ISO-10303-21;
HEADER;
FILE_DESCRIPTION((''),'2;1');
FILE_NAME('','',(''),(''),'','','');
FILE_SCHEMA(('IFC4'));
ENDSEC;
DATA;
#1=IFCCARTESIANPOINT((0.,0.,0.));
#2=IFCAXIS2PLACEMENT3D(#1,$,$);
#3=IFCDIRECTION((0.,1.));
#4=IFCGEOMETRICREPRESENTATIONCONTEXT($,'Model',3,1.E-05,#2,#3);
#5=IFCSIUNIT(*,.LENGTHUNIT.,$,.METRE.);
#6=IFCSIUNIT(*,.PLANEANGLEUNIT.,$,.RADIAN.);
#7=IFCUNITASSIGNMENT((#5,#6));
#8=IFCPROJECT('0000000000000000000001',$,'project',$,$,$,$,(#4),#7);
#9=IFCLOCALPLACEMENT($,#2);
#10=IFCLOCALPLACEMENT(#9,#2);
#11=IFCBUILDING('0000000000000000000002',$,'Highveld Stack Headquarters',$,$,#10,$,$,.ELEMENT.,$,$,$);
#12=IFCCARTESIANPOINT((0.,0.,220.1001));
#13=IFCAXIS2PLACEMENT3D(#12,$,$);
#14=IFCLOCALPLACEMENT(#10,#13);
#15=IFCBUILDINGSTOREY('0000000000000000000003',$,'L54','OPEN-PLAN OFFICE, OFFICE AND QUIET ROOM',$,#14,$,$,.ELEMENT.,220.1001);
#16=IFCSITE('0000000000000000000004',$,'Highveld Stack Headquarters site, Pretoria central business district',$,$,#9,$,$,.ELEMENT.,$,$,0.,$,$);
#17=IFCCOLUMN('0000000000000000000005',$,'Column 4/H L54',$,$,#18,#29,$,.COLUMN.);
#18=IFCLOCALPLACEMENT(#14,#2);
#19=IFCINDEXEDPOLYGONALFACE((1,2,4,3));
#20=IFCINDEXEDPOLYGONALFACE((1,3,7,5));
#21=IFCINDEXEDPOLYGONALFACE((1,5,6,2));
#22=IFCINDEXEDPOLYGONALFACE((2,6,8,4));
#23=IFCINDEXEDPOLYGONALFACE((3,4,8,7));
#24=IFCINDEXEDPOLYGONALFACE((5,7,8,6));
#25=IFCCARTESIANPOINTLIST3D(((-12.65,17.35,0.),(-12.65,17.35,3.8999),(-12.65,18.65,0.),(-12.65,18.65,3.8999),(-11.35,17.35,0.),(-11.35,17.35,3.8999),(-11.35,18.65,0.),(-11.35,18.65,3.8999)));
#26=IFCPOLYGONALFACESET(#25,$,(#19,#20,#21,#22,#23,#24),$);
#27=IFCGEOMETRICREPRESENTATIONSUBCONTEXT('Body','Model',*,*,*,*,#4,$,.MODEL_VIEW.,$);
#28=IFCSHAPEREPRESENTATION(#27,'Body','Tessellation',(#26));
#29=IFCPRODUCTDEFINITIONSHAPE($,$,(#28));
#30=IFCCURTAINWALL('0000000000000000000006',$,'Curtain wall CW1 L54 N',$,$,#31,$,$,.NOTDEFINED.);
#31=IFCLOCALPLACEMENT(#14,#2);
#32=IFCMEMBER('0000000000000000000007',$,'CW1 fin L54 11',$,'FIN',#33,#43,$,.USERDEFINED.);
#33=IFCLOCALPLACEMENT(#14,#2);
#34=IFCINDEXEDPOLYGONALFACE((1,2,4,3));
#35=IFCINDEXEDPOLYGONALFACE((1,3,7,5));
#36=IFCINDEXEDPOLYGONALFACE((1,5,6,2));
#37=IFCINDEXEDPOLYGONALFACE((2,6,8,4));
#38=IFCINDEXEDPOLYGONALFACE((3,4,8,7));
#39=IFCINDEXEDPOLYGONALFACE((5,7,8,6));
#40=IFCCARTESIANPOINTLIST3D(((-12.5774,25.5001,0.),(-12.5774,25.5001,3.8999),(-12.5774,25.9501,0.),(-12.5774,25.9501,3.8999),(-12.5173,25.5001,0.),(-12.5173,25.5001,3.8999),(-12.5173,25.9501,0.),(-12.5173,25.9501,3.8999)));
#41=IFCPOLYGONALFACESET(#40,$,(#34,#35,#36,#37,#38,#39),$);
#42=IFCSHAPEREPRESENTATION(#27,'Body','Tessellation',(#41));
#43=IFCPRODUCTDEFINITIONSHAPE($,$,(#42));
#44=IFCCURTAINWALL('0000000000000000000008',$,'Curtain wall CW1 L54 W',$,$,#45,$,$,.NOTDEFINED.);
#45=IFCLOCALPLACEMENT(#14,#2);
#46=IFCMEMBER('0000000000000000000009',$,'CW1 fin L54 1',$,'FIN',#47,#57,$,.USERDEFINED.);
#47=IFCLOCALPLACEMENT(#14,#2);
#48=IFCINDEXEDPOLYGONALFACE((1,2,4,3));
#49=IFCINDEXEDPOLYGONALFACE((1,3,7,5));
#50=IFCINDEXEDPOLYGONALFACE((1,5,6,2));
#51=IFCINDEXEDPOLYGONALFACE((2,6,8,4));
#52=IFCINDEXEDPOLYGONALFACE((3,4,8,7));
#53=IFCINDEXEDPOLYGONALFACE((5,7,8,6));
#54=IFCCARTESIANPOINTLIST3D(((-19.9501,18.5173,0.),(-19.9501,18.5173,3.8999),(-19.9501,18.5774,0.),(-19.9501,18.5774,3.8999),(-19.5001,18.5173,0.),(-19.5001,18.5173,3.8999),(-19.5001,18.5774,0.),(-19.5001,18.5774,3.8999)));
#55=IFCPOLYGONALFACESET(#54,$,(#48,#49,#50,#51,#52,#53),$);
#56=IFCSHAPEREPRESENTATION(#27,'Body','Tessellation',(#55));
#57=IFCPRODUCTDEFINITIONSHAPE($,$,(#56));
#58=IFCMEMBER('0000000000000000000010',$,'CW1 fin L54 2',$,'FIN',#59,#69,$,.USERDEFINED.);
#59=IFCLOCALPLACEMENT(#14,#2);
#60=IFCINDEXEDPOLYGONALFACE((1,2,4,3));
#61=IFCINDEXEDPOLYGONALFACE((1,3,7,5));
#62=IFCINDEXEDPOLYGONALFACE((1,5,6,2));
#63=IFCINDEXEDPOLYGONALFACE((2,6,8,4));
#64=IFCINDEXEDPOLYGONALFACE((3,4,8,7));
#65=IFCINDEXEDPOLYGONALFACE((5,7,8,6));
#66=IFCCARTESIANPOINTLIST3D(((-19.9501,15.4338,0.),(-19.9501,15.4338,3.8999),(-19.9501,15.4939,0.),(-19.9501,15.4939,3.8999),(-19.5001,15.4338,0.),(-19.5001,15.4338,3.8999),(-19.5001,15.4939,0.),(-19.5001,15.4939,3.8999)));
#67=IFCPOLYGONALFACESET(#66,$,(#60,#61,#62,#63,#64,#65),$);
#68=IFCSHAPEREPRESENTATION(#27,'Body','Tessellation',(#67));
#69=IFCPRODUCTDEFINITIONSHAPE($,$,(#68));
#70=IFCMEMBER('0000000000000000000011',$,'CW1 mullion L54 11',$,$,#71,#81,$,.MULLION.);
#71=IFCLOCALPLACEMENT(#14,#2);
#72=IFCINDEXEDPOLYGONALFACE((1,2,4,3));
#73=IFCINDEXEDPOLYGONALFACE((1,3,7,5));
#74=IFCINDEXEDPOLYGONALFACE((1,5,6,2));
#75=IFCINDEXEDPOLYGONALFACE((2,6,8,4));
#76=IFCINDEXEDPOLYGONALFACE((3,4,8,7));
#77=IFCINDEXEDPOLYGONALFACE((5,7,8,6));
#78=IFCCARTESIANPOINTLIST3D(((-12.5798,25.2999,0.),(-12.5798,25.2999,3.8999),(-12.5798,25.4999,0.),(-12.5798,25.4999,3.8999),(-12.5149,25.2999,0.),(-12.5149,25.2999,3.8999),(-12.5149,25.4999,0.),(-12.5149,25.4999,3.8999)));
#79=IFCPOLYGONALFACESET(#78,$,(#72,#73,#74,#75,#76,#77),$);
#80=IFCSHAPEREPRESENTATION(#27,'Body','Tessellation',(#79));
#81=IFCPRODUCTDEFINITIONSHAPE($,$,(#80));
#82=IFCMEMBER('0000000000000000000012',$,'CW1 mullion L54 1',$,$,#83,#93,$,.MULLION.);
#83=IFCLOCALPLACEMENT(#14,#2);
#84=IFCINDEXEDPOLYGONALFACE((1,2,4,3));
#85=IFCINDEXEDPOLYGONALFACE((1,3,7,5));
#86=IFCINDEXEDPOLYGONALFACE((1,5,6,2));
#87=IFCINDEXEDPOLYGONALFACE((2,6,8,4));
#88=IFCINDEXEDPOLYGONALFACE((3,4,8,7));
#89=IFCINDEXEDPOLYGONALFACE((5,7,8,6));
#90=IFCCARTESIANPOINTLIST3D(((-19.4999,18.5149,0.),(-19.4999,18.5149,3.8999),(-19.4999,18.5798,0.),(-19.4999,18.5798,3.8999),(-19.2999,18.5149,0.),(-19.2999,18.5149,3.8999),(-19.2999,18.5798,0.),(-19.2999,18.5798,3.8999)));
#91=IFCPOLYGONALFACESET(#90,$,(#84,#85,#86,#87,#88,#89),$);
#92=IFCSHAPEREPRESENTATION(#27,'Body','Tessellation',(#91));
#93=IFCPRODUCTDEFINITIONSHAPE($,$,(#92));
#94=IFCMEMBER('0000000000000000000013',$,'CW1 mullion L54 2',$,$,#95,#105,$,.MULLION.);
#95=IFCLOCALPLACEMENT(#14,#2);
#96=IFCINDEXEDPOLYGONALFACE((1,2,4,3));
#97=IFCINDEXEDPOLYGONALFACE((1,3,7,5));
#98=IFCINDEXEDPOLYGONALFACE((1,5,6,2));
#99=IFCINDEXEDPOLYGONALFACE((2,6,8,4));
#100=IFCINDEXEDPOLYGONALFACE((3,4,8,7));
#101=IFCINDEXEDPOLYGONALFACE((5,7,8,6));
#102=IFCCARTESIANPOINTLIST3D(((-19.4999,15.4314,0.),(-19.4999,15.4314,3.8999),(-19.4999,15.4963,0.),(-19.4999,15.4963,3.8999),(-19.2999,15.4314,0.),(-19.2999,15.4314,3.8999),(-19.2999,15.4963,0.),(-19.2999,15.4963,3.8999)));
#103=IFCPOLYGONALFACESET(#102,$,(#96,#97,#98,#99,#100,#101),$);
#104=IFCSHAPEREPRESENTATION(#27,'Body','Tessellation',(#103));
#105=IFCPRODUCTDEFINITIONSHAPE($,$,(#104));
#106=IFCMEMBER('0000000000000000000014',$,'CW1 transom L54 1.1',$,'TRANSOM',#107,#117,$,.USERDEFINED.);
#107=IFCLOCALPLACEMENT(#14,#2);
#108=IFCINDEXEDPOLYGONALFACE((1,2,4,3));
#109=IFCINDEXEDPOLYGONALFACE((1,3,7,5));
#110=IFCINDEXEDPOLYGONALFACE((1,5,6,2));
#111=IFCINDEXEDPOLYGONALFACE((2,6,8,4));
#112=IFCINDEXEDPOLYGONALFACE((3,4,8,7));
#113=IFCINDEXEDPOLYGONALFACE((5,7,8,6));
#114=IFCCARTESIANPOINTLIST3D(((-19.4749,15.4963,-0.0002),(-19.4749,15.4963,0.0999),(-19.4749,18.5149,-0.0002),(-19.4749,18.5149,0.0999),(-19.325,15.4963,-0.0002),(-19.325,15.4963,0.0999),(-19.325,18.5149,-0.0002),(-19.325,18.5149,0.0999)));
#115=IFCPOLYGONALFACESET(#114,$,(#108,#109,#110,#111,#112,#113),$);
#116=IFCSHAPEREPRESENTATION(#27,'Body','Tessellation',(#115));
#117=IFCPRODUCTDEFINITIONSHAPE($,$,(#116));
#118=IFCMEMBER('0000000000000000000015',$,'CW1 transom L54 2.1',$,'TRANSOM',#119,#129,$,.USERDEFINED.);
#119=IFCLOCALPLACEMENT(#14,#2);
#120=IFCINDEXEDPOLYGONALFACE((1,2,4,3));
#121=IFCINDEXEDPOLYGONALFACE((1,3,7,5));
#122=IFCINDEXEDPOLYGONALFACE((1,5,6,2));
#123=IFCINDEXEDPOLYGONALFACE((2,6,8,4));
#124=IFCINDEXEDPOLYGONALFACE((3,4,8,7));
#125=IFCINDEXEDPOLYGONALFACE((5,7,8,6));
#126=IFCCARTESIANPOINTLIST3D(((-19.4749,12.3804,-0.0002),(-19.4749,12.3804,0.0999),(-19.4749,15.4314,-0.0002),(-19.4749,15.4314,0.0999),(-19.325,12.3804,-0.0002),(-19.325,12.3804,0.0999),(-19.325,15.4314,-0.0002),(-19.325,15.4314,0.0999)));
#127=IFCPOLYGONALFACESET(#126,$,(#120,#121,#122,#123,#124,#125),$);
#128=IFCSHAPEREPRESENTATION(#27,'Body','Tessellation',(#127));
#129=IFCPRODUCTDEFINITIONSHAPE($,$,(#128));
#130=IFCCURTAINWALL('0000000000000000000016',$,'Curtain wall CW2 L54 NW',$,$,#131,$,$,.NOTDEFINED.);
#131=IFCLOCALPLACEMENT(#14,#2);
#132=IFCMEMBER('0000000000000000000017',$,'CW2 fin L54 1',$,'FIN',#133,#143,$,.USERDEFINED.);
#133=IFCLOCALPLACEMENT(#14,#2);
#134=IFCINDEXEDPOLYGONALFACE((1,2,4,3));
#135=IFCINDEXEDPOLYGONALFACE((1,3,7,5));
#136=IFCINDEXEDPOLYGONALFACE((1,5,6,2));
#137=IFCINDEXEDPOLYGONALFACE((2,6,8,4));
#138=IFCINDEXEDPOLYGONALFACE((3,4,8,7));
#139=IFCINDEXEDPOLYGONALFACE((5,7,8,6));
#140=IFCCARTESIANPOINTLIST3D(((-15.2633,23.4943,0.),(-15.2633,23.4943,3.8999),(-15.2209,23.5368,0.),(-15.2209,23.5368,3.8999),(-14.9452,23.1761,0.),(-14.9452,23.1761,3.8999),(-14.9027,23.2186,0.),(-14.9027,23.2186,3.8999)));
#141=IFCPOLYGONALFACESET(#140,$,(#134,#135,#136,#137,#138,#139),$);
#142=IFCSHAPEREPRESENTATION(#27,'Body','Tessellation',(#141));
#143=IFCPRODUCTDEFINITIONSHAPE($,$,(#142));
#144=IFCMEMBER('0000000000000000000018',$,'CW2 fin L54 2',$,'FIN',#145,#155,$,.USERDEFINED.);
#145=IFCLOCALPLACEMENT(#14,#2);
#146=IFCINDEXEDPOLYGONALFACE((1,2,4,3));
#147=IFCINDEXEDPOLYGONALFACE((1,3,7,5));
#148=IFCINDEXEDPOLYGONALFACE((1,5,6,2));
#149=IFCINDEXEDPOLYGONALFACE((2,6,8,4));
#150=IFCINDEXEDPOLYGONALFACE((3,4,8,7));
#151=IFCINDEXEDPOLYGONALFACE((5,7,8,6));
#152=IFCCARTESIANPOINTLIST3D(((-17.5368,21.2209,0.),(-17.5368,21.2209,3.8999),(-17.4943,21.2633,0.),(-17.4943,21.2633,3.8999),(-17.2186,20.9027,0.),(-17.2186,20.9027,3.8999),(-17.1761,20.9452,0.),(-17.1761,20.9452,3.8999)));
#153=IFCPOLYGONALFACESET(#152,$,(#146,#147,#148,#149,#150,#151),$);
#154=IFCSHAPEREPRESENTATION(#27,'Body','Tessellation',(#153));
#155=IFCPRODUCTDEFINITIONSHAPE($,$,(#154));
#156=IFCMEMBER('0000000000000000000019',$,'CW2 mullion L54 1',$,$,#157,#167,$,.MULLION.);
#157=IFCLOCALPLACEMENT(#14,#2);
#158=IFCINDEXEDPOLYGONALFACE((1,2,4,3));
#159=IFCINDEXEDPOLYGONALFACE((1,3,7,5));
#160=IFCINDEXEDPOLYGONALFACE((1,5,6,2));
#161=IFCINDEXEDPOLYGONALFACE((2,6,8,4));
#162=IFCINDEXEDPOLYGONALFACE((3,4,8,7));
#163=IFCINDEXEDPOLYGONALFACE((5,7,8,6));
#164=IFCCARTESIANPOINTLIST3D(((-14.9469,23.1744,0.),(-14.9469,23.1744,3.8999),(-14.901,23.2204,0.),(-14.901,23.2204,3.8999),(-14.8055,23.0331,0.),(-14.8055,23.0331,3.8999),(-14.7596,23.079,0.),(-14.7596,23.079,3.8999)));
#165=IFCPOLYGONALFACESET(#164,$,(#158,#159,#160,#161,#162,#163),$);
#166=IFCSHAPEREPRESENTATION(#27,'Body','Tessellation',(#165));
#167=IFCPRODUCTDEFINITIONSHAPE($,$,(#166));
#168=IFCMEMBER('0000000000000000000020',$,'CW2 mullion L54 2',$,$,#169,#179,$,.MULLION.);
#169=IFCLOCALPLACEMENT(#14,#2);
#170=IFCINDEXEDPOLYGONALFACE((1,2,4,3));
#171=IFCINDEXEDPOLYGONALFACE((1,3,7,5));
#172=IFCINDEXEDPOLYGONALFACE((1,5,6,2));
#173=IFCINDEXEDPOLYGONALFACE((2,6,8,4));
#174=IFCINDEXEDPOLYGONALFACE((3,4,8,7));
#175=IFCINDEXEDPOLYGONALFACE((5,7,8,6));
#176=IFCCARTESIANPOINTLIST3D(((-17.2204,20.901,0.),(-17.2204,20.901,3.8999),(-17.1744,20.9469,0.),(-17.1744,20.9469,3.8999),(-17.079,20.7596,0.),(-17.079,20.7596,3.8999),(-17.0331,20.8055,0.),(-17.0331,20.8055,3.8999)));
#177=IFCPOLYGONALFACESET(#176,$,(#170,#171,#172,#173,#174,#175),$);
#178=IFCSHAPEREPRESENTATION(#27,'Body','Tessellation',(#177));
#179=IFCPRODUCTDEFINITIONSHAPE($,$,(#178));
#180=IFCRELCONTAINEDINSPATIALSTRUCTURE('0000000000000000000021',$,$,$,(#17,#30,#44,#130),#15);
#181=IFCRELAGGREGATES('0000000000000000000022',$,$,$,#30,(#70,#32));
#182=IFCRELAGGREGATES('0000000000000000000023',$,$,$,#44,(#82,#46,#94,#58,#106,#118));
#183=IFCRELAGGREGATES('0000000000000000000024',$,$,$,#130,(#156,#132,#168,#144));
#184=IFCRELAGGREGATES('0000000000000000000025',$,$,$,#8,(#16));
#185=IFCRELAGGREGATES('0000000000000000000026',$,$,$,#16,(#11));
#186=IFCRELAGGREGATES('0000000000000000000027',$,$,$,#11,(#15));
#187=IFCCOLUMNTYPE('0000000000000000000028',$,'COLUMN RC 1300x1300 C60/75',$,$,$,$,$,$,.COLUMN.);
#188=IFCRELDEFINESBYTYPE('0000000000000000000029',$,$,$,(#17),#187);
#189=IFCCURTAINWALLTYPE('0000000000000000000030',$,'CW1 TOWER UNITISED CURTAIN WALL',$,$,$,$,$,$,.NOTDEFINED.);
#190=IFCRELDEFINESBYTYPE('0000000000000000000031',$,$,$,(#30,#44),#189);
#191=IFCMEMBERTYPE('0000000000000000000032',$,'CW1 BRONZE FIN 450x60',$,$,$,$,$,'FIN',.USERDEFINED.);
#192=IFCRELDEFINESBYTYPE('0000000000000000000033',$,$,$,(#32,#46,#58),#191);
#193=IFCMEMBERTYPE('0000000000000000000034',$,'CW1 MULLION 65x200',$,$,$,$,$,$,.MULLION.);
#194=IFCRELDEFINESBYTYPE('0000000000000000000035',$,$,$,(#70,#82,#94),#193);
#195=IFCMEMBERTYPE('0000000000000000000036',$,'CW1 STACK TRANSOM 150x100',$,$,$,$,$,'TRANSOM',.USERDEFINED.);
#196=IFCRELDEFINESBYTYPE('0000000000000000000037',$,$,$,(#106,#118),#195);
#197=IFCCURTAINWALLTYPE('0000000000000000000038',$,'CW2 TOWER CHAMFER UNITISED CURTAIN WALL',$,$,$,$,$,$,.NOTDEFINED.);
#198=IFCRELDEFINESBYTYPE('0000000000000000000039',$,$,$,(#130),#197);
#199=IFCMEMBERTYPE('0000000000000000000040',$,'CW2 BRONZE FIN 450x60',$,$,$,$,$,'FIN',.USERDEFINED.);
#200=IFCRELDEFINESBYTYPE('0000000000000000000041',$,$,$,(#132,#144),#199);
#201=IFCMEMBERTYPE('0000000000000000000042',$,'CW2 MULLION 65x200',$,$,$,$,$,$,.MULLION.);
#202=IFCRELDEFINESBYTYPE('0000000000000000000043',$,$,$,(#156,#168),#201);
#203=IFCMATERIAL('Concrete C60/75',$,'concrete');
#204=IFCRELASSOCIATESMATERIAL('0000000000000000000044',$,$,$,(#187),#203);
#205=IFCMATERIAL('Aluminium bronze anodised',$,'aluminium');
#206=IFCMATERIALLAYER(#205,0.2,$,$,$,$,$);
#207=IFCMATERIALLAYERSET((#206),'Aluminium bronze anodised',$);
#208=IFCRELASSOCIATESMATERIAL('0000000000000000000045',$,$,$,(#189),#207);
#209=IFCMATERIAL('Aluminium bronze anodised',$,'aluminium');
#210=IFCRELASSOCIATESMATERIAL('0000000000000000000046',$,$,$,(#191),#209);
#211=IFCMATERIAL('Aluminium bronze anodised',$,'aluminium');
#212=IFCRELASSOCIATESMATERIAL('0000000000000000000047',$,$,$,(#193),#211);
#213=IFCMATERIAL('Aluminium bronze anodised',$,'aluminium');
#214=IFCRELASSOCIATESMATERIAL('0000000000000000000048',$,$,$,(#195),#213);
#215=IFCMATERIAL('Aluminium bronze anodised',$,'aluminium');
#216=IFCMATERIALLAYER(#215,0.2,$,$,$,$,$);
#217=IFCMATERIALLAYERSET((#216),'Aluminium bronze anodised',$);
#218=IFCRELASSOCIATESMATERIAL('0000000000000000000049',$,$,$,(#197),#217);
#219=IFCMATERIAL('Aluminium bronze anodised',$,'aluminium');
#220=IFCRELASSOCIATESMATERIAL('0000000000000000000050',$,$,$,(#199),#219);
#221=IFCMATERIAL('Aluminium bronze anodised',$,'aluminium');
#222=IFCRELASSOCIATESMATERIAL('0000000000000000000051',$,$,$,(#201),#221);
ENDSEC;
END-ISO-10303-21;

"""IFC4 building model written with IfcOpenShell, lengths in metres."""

from ifc_helpers import new_model, si_unit, direction, frame, origin, origin_2d, place, context, subcontext, project, spatial, rectangle, extrude, material, layer, layer_set, material_profile, profile_set, type_object, element, aggregate, save


model = new_model("IFC4")

# Units and contexts
model_context = context("Model", 3, precision=1e-05, world=origin(), true_north=direction((0.0, 1.0)))
body_context = subcontext(model_context, "Body", "Model", "MODEL_VIEW")
ifc_project = project(units=[si_unit("LENGTHUNIT", "METRE"), si_unit("PLANEANGLEUNIT", "RADIAN")], contexts=[model_context])

# Site, building, storey
site_placement = place(None, origin())
site = spatial("IfcSite", under=ifc_project, at=site_placement, Name="Highveld Stack Headquarters site, Pretoria central business district", CompositionType="ELEMENT", RefElevation=0.0)
building_placement = place(site_placement, origin())
building = spatial("IfcBuilding", under=site, at=building_placement, Name="Highveld Stack Headquarters", CompositionType="ELEMENT")
storey_placement = place(building_placement, frame((0.0, 0.0, 220.1001)))
storey = spatial("IfcBuildingStorey", under=building, at=storey_placement, Name="L54", Description="OPEN-PLAN OFFICE, OFFICE AND QUIET ROOM", CompositionType="ELEMENT", Elevation=220.1001)

# Column
ifc_material_1 = material(Name="Concrete C60/75", Category="concrete")
ifc_material_profile_1 = material_profile(ifc_material_1, rectangle(XDim=1.3, YDim=1.3, at=origin_2d()), Name="RC 1300x1300")
ifc_profile_set_1 = profile_set([ifc_material_profile_1], Name="Concrete C60/75")
column_type = type_object("IfcColumnType", Name="COLUMN RC 1300x1300 C60/75", PredefinedType="COLUMN", material=ifc_profile_set_1)
column_placement = place(storey_placement, frame((-12.0, 18.0, 0.0), z_axis=(0.0, 0.0, 1.0), x_axis=(1.0, 0.0, 0.0)))
element("IfcColumn", 1, at=column_placement, inside=storey, type_object=column_type, Name="Column 4/H L54", PredefinedType="COLUMN", context=body_context, shape_type="SweptSolid", body=[
    extrude(rectangle(XDim=1.3, YDim=1.3, at=origin_2d()), origin(), (0.0, 0.0, 1.0), 3.8999),
])

# Curtain wall, member
ifc_material_2 = material(Name="Aluminium bronze anodised", Category="aluminium")
ifc_layer_1 = layer(ifc_material_2, 0.2)
ifc_layer_set_1 = layer_set([ifc_layer_1], Name="Aluminium bronze anodised")
curtain_wall_type_1 = type_object("IfcCurtainWallType", Name="CW1 TOWER UNITISED CURTAIN WALL", PredefinedType="NOTDEFINED", material=ifc_layer_set_1)
curtain_wall_1_placement = place(storey_placement, origin())
curtain_wall_1 = element("IfcCurtainWall", 2, at=curtain_wall_1_placement, inside=storey, type_object=curtain_wall_type_1, Name="Curtain wall CW1 L54 N", PredefinedType="NOTDEFINED")
ifc_material_3 = material(Name="Aluminium bronze anodised", Category="aluminium")
ifc_material_profile_2 = material_profile(ifc_material_3, rectangle(XDim=0.45, YDim=0.0601, at=origin_2d()), Name="FIN 450x60")
ifc_profile_set_2 = profile_set([ifc_material_profile_2], Name="Aluminium bronze anodised")
member_type_1 = type_object("IfcMemberType", Name="CW1 BRONZE FIN 450x60", ElementType="FIN", PredefinedType="USERDEFINED", material=ifc_profile_set_2)
member_1_placement = place(storey_placement, frame((-12.5474, 25.7251, 0.0), z_axis=(0.0, 0.0, 1.0), x_axis=(0.0, -1.0, 0.0)))
member_1 = element("IfcMember", 3, at=member_1_placement, type_object=member_type_1, Name="CW1 fin L54 11", ObjectType="FIN", PredefinedType="USERDEFINED", context=body_context, shape_type="SweptSolid", body=[
    extrude(rectangle(XDim=0.45, YDim=0.0601, at=origin_2d()), origin(), (0.0, 0.0, 1.0), 3.8999),
])

# Curtain wall, members
curtain_wall_2_placement = place(storey_placement, origin())
curtain_wall_2 = element("IfcCurtainWall", 4, at=curtain_wall_2_placement, inside=storey, type_object=curtain_wall_type_1, Name="Curtain wall CW1 L54 W", PredefinedType="NOTDEFINED")
member_2_placement = place(storey_placement, frame((-19.7251, 18.5474, 0.0), z_axis=(0.0, 0.0, 1.0), x_axis=(1.0, 0.0, 0.0)))
member_2 = element("IfcMember", 5, at=member_2_placement, type_object=member_type_1, Name="CW1 fin L54 1", ObjectType="FIN", PredefinedType="USERDEFINED", context=body_context, shape_type="SweptSolid", body=[
    extrude(rectangle(XDim=0.45, YDim=0.0601, at=origin_2d()), origin(), (0.0, 0.0, 1.0), 3.8999),
])
member_3_placement = place(storey_placement, frame((-19.7251, 15.4639, 0.0), z_axis=(0.0, 0.0, 1.0), x_axis=(1.0, 0.0, 0.0)))
member_3 = element("IfcMember", 6, at=member_3_placement, type_object=member_type_1, Name="CW1 fin L54 2", ObjectType="FIN", PredefinedType="USERDEFINED", context=body_context, shape_type="SweptSolid", body=[
    extrude(rectangle(XDim=0.45, YDim=0.0601, at=origin_2d()), origin(), (0.0, 0.0, 1.0), 3.8999),
])

# Members
ifc_material_4 = material(Name="Aluminium bronze anodised", Category="aluminium")
ifc_material_profile_3 = material_profile(ifc_material_4, rectangle(XDim=0.2, YDim=0.0649, at=origin_2d()), Name="CW1 MULLION 65x200")
ifc_profile_set_3 = profile_set([ifc_material_profile_3], Name="Aluminium bronze anodised")
member_type_2 = type_object("IfcMemberType", Name="CW1 MULLION 65x200", PredefinedType="MULLION", material=ifc_profile_set_3)
member_4_placement = place(storey_placement, frame((-12.5474, 25.3999, 0.0), z_axis=(0.0, 0.0, 1.0), x_axis=(0.0, -1.0, 0.0)))
member_4 = element("IfcMember", 7, at=member_4_placement, type_object=member_type_2, Name="CW1 mullion L54 11", PredefinedType="MULLION", context=body_context, shape_type="SweptSolid", body=[
    extrude(rectangle(XDim=0.2, YDim=0.0649, at=origin_2d()), origin(), (0.0, 0.0, 1.0), 3.8999),
])
aggregate(curtain_wall_1, [member_4, member_1])
member_5_placement = place(storey_placement, frame((-19.3999, 18.5474, 0.0), z_axis=(0.0, 0.0, 1.0), x_axis=(1.0, 0.0, 0.0)))
member_5 = element("IfcMember", 8, at=member_5_placement, type_object=member_type_2, Name="CW1 mullion L54 1", PredefinedType="MULLION", context=body_context, shape_type="SweptSolid", body=[
    extrude(rectangle(XDim=0.2, YDim=0.0649, at=origin_2d()), origin(), (0.0, 0.0, 1.0), 3.8999),
])
member_6_placement = place(storey_placement, frame((-19.3999, 15.4639, 0.0), z_axis=(0.0, 0.0, 1.0), x_axis=(1.0, 0.0, 0.0)))
member_6 = element("IfcMember", 9, at=member_6_placement, type_object=member_type_2, Name="CW1 mullion L54 2", PredefinedType="MULLION", context=body_context, shape_type="SweptSolid", body=[
    extrude(rectangle(XDim=0.2, YDim=0.0649, at=origin_2d()), origin(), (0.0, 0.0, 1.0), 3.8999),
])
ifc_material_5 = material(Name="Aluminium bronze anodised", Category="aluminium")
ifc_material_profile_4 = material_profile(ifc_material_5, rectangle(XDim=0.1499, YDim=0.1001, at=origin_2d()), Name="CW1 TRANSOM 150x100")
ifc_profile_set_4 = profile_set([ifc_material_profile_4], Name="Aluminium bronze anodised")
member_type_3 = type_object("IfcMemberType", Name="CW1 STACK TRANSOM 150x100", ElementType="TRANSOM", PredefinedType="USERDEFINED", material=ifc_profile_set_4)
member_7_placement = place(storey_placement, frame((-19.3999, 18.5149, 0.0498), z_axis=(0.0, -1.0, 0.0), x_axis=(1.0, 0.0, 0.0)))
member_7 = element("IfcMember", 10, at=member_7_placement, type_object=member_type_3, Name="CW1 transom L54 1.1", ObjectType="TRANSOM", PredefinedType="USERDEFINED", context=body_context, shape_type="SweptSolid", body=[
    extrude(rectangle(XDim=0.1499, YDim=0.1001, at=origin_2d()), origin(), (0.0, 0.0, 1.0), 3.0186),
])
member_8_placement = place(storey_placement, frame((-19.3999, 15.4314, 0.0498), z_axis=(0.0, -1.0, 0.0), x_axis=(1.0, 0.0, 0.0)))
member_8 = element("IfcMember", 11, at=member_8_placement, type_object=member_type_3, Name="CW1 transom L54 2.1", ObjectType="TRANSOM", PredefinedType="USERDEFINED", context=body_context, shape_type="SweptSolid", body=[
    extrude(rectangle(XDim=0.1499, YDim=0.1001, at=origin_2d()), origin(), (0.0, 0.0, 1.0), 3.051),
])

# Curtain wall, members
ifc_material_6 = material(Name="Aluminium bronze anodised", Category="aluminium")
ifc_layer_2 = layer(ifc_material_6, 0.2)
ifc_layer_set_2 = layer_set([ifc_layer_2], Name="Aluminium bronze anodised")
curtain_wall_type_2 = type_object("IfcCurtainWallType", Name="CW2 TOWER CHAMFER UNITISED CURTAIN WALL", PredefinedType="NOTDEFINED", material=ifc_layer_set_2)
curtain_wall_3_placement = place(storey_placement, origin())
curtain_wall_3 = element("IfcCurtainWall", 12, at=curtain_wall_3_placement, inside=storey, type_object=curtain_wall_type_2, Name="Curtain wall CW2 L54 NW", PredefinedType="NOTDEFINED")
ifc_material_7 = material(Name="Aluminium bronze anodised", Category="aluminium")
ifc_material_profile_5 = material_profile(ifc_material_7, rectangle(XDim=0.45, YDim=0.0601, at=origin_2d()), Name="FIN 450x60")
ifc_profile_set_5 = profile_set([ifc_material_profile_5], Name="Aluminium bronze anodised")
member_type_4 = type_object("IfcMemberType", Name="CW2 BRONZE FIN 450x60", ElementType="FIN", PredefinedType="USERDEFINED", material=ifc_profile_set_5)
member_9_placement = place(storey_placement, frame((-15.083, 23.3564, 0.0), z_axis=(0.0, 0.0, 1.0), x_axis=(0.707107, -0.707107, 0.0)))
member_9 = element("IfcMember", 13, at=member_9_placement, type_object=member_type_4, Name="CW2 fin L54 1", ObjectType="FIN", PredefinedType="USERDEFINED", context=body_context, shape_type="SweptSolid", body=[
    extrude(rectangle(XDim=0.45, YDim=0.0601, at=origin_2d()), origin(), (0.0, 0.0, 1.0), 3.8999),
])
member_10_placement = place(storey_placement, frame((-17.3564, 21.083, 0.0), z_axis=(0.0, 0.0, 1.0), x_axis=(0.707107, -0.707107, 0.0)))
member_10 = element("IfcMember", 14, at=member_10_placement, type_object=member_type_4, Name="CW2 fin L54 2", ObjectType="FIN", PredefinedType="USERDEFINED", context=body_context, shape_type="SweptSolid", body=[
    extrude(rectangle(XDim=0.45, YDim=0.0601, at=origin_2d()), origin(), (0.0, 0.0, 1.0), 3.8999),
])
ifc_material_8 = material(Name="Aluminium bronze anodised", Category="aluminium")
ifc_material_profile_6 = material_profile(ifc_material_8, rectangle(XDim=0.2, YDim=0.0649, at=origin_2d()), Name="CW2 MULLION 65x200")
ifc_profile_set_6 = profile_set([ifc_material_profile_6], Name="Aluminium bronze anodised")
member_type_5 = type_object("IfcMemberType", Name="CW2 MULLION 65x200", PredefinedType="MULLION", material=ifc_profile_set_6)
member_11_placement = place(storey_placement, frame((-14.8533, 23.1267, 0.0), z_axis=(0.0, 0.0, 1.0), x_axis=(0.707107, -0.707107, 0.0)))
member_11 = element("IfcMember", 15, at=member_11_placement, type_object=member_type_5, Name="CW2 mullion L54 1", PredefinedType="MULLION", context=body_context, shape_type="SweptSolid", body=[
    extrude(rectangle(XDim=0.2, YDim=0.0649, at=origin_2d()), origin(), (0.0, 0.0, 1.0), 3.8999),
])
member_12_placement = place(storey_placement, frame((-17.1267, 20.8533, 0.0), z_axis=(0.0, 0.0, 1.0), x_axis=(0.707107, -0.707107, 0.0)))
member_12 = element("IfcMember", 16, at=member_12_placement, type_object=member_type_5, Name="CW2 mullion L54 2", PredefinedType="MULLION", context=body_context, shape_type="SweptSolid", body=[
    extrude(rectangle(XDim=0.2, YDim=0.0649, at=origin_2d()), origin(), (0.0, 0.0, 1.0), 3.8999),
])

aggregate(curtain_wall_2, [member_5, member_2, member_6, member_3, member_7, member_8])
aggregate(curtain_wall_3, [member_11, member_9, member_12, member_10])

save(model, "model.ifc")
